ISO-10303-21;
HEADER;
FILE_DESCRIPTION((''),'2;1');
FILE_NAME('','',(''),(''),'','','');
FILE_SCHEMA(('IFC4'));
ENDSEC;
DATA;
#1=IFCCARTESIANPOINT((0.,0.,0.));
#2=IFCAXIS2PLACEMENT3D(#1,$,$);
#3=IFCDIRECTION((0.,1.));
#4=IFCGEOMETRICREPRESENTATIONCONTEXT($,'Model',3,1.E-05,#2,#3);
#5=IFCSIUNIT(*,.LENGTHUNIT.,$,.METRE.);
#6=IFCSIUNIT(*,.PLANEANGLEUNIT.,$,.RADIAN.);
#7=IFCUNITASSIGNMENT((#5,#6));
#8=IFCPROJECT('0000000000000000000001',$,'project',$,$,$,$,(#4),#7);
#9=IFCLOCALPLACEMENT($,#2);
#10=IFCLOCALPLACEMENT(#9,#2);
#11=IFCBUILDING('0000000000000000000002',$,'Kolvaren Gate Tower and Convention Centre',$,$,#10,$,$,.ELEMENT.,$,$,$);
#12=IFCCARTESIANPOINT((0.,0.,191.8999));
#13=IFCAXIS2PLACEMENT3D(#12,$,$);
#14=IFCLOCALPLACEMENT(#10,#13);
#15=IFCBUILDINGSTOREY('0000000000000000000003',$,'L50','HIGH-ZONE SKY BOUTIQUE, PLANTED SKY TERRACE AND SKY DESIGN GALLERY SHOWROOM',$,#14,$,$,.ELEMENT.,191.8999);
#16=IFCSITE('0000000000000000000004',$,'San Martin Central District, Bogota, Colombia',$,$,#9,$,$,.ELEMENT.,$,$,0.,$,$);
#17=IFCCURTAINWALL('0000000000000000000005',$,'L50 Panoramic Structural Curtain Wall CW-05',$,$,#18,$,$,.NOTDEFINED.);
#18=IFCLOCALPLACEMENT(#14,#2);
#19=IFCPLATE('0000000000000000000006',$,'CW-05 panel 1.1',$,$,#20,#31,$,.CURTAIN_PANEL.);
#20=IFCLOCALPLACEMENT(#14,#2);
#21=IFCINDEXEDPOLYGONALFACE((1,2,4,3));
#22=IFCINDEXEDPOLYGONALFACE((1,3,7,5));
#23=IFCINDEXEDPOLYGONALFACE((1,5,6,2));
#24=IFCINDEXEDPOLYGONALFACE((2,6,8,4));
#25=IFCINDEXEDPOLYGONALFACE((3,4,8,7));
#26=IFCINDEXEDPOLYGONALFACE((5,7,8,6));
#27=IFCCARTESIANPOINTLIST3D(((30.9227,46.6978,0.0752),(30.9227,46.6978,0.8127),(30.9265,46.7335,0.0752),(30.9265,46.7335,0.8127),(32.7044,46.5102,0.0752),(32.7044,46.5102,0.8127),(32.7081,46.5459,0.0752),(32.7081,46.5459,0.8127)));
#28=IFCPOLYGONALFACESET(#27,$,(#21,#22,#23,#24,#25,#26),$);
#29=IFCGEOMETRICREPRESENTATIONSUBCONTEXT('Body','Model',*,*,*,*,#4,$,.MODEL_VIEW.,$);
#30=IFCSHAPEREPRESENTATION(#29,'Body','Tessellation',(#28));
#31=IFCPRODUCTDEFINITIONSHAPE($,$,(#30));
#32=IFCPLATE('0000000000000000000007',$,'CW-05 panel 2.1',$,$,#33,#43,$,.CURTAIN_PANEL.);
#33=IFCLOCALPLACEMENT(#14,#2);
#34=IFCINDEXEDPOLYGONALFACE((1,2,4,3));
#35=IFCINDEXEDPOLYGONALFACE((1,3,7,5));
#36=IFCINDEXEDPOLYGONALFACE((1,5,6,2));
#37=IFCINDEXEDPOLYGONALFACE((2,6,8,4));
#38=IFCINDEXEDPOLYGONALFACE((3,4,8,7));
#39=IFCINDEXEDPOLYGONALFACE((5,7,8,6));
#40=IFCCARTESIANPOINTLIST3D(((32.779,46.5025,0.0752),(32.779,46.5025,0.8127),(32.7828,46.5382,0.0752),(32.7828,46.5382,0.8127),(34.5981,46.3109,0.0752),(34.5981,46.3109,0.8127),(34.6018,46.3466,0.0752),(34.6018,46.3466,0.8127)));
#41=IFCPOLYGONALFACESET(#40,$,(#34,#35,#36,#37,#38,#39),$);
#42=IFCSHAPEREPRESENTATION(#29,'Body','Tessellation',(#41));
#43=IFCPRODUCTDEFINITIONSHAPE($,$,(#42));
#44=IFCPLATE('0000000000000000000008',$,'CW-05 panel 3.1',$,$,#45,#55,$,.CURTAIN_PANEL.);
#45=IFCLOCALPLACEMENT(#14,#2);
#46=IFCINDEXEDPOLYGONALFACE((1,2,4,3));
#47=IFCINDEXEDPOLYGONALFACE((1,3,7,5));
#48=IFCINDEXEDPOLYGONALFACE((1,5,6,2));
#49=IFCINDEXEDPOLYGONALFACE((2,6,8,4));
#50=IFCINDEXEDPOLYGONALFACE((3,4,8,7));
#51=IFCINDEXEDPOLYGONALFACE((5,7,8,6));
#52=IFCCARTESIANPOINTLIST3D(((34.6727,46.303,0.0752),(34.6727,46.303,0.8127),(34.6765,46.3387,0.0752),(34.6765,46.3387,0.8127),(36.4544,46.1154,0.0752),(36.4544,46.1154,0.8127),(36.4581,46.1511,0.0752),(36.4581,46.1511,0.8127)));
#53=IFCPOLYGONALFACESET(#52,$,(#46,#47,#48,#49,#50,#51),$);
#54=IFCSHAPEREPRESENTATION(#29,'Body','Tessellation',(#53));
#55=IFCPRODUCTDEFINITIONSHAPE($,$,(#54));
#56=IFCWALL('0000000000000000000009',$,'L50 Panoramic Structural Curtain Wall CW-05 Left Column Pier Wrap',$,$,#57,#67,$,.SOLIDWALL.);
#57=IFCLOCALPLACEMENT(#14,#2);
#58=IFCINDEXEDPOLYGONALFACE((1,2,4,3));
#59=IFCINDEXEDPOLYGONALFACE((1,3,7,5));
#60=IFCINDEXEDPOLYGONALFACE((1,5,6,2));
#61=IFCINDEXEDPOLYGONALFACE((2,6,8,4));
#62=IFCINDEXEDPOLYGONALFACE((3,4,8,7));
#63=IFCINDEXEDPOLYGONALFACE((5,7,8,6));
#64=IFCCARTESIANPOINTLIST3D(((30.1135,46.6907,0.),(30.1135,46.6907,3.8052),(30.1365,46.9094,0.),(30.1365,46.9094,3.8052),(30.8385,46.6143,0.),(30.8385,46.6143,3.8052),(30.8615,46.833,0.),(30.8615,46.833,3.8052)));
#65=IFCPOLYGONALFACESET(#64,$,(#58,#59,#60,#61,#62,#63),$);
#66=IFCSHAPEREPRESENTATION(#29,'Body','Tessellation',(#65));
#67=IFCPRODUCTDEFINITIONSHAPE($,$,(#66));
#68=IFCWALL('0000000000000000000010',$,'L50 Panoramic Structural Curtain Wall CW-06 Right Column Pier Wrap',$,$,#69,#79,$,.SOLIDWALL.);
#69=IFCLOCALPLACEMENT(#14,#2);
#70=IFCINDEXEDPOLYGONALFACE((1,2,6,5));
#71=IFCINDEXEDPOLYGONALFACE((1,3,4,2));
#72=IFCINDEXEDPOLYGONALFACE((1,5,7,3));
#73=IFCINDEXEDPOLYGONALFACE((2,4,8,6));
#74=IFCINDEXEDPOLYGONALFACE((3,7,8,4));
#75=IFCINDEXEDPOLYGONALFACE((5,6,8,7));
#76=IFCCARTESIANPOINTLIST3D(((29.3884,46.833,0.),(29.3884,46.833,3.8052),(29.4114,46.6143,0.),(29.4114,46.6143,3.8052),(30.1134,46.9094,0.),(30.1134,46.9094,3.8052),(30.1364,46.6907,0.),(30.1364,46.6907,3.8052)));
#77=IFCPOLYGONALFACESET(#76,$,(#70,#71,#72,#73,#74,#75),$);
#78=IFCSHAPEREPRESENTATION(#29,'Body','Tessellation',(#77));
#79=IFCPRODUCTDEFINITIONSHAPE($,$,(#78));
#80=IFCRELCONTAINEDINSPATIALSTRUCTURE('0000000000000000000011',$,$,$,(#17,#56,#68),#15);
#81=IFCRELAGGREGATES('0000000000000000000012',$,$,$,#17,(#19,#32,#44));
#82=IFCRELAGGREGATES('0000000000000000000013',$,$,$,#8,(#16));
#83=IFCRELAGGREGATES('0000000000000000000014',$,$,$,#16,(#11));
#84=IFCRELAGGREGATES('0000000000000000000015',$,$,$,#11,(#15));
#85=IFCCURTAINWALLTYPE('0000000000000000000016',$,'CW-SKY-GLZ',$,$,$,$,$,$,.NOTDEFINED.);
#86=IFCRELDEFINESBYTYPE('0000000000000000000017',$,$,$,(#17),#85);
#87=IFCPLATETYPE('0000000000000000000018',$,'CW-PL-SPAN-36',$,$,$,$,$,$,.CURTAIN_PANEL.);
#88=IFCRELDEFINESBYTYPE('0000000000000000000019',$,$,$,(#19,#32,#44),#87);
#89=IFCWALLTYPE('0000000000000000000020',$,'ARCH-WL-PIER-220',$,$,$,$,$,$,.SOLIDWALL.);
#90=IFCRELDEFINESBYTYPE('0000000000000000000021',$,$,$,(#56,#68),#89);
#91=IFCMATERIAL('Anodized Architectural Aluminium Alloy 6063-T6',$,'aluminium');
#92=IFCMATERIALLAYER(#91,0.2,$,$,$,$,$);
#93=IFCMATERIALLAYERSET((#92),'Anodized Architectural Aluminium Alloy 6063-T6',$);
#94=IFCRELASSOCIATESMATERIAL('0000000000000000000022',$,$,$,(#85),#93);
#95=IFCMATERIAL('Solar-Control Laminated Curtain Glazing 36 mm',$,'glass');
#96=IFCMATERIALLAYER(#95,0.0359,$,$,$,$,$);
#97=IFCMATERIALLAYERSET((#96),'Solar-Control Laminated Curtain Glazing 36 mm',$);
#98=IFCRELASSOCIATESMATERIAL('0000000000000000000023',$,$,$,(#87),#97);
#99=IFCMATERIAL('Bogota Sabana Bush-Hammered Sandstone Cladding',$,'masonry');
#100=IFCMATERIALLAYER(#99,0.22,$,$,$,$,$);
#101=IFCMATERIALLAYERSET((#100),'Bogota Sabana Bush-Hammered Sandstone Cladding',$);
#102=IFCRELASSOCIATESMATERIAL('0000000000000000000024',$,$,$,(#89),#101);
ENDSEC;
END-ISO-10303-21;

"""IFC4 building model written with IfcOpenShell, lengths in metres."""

from ifc_helpers import new_model, si_unit, direction, frame, frame_2d, origin, origin_2d, place, context, subcontext, project, spatial, rectangle, extrude, material, layer, layer_set, type_object, element, aggregate, save


model = new_model("IFC4")

# Units and contexts
model_context = context("Model", 3, precision=1e-05, world=origin(), true_north=direction((0.0, 1.0)))
body_context = subcontext(model_context, "Body", "Model", "MODEL_VIEW")
ifc_project = project(units=[si_unit("LENGTHUNIT", "METRE"), si_unit("PLANEANGLEUNIT", "RADIAN")], contexts=[model_context])

# Site, building, storey
site_placement = place(None, origin())
site = spatial("IfcSite", under=ifc_project, at=site_placement, Name="San Martin Central District, Bogota, Colombia", CompositionType="ELEMENT", RefElevation=0.0)
building_placement = place(site_placement, origin())
building = spatial("IfcBuilding", under=site, at=building_placement, Name="Kolvaren Gate Tower and Convention Centre", CompositionType="ELEMENT")
storey_placement = place(building_placement, frame((0.0, 0.0, 191.8999)))
storey = spatial("IfcBuildingStorey", under=building, at=storey_placement, Name="L50", Description="HIGH-ZONE SKY BOUTIQUE, PLANTED SKY TERRACE AND SKY DESIGN GALLERY SHOWROOM", CompositionType="ELEMENT", Elevation=191.8999)

# Curtain wall
ifc_material_1 = material(Name="Anodized Architectural Aluminium Alloy 6063-T6", Category="aluminium")
ifc_layer_1 = layer(ifc_material_1, 0.2)
ifc_layer_set_1 = layer_set([ifc_layer_1], Name="Anodized Architectural Aluminium Alloy 6063-T6")
curtain_wall_type = type_object("IfcCurtainWallType", Name="CW-SKY-GLZ", PredefinedType="NOTDEFINED", material=ifc_layer_set_1)
curtain_wall_1_placement = place(storey_placement, origin())
curtain_wall_1 = element("IfcCurtainWall", 1, at=curtain_wall_1_placement, inside=storey, type_object=curtain_wall_type, Name="L50 Panoramic Structural Curtain Wall CW-05", PredefinedType="NOTDEFINED")

# Plates
ifc_material_2 = material(Name="Solar-Control Laminated Curtain Glazing 36 mm", Category="glass")
ifc_layer_2 = layer(ifc_material_2, 0.0359)
ifc_layer_set_2 = layer_set([ifc_layer_2], Name="Solar-Control Laminated Curtain Glazing 36 mm")
plate_type_1 = type_object("IfcPlateType", Name="CW-PL-SPAN-36", PredefinedType="CURTAIN_PANEL", material=ifc_layer_set_2)
plate_1_placement = place(storey_placement, frame((31.8154, 46.6218, 0.0752), z_axis=(0.0, 0.0, 1.0), x_axis=(0.9945, -0.10474, 0.0)))
plate_1 = element("IfcPlate", 2, at=plate_1_placement, type_object=plate_type_1, Name="CW-05 panel 1.1", PredefinedType="CURTAIN_PANEL", context=body_context, shape_type="SweptSolid", body=[
    extrude(rectangle(XDim=1.7915, YDim=0.0359, at=origin_2d()), origin(), (0.0, 0.0, 1.0), 0.7375),
])
plate_2_placement = place(storey_placement, frame((33.6904, 46.4246, 0.0752), z_axis=(0.0, 0.0, 1.0), x_axis=(0.9945, -0.10474, 0.0)))
plate_2 = element("IfcPlate", 3, at=plate_2_placement, type_object=plate_type_1, Name="CW-05 panel 2.1", PredefinedType="CURTAIN_PANEL", context=body_context, shape_type="SweptSolid", body=[
    extrude(rectangle(XDim=1.8291, YDim=0.0359, at=origin_2d()), origin(), (0.0, 0.0, 1.0), 0.7375),
])
plate_3_placement = place(storey_placement, frame((35.5654, 46.2271, 0.0752), z_axis=(0.0, 0.0, 1.0), x_axis=(0.9945, -0.10474, 0.0)))
plate_3 = element("IfcPlate", 4, at=plate_3_placement, type_object=plate_type_1, Name="CW-05 panel 3.1", PredefinedType="CURTAIN_PANEL", context=body_context, shape_type="SweptSolid", body=[
    extrude(rectangle(XDim=1.7915, YDim=0.0359, at=origin_2d()), origin(), (0.0, 0.0, 1.0), 0.7375),
])
aggregate(curtain_wall_1, [plate_1, plate_2, plate_3])

# Walls
ifc_material_3 = material(Name="Bogota Sabana Bush-Hammered Sandstone Cladding", Category="masonry")
ifc_layer_3 = layer(ifc_material_3, 0.22)
ifc_layer_set_3 = layer_set([ifc_layer_3], Name="Bogota Sabana Bush-Hammered Sandstone Cladding")
wall_type = type_object("IfcWallType", Name="ARCH-WL-PIER-220", PredefinedType="SOLIDWALL", material=ifc_layer_set_3)
for number, where, z_axis, x_axis, name in (
    (5, (30.125, 46.8, 0.0), (0.0, 0.0, 1.0), (0.994493, -0.104807, 0.0), "L50 Panoramic Structural Curtain Wall CW-05 Left Column Pier Wrap"),
    (6, (29.3999, 46.7236, 0.0), (0.0, 0.0, 1.0), (0.994493, 0.104807, 0.0), "L50 Panoramic Structural Curtain Wall CW-06 Right Column Pier Wrap"),
):
    element("IfcWall", number, at=place(storey_placement, frame(where, z_axis=z_axis, x_axis=x_axis)), inside=storey, type_object=wall_type, Name=name, PredefinedType="SOLIDWALL", context=body_context, shape_type="SweptSolid", body=[
        extrude(rectangle(XDim=0.729, YDim=0.22, at=frame_2d((0.3645, 0.0))), origin(), (0.0, 0.0, 1.0), 3.8052),
    ])

save(model, "model.ifc")
